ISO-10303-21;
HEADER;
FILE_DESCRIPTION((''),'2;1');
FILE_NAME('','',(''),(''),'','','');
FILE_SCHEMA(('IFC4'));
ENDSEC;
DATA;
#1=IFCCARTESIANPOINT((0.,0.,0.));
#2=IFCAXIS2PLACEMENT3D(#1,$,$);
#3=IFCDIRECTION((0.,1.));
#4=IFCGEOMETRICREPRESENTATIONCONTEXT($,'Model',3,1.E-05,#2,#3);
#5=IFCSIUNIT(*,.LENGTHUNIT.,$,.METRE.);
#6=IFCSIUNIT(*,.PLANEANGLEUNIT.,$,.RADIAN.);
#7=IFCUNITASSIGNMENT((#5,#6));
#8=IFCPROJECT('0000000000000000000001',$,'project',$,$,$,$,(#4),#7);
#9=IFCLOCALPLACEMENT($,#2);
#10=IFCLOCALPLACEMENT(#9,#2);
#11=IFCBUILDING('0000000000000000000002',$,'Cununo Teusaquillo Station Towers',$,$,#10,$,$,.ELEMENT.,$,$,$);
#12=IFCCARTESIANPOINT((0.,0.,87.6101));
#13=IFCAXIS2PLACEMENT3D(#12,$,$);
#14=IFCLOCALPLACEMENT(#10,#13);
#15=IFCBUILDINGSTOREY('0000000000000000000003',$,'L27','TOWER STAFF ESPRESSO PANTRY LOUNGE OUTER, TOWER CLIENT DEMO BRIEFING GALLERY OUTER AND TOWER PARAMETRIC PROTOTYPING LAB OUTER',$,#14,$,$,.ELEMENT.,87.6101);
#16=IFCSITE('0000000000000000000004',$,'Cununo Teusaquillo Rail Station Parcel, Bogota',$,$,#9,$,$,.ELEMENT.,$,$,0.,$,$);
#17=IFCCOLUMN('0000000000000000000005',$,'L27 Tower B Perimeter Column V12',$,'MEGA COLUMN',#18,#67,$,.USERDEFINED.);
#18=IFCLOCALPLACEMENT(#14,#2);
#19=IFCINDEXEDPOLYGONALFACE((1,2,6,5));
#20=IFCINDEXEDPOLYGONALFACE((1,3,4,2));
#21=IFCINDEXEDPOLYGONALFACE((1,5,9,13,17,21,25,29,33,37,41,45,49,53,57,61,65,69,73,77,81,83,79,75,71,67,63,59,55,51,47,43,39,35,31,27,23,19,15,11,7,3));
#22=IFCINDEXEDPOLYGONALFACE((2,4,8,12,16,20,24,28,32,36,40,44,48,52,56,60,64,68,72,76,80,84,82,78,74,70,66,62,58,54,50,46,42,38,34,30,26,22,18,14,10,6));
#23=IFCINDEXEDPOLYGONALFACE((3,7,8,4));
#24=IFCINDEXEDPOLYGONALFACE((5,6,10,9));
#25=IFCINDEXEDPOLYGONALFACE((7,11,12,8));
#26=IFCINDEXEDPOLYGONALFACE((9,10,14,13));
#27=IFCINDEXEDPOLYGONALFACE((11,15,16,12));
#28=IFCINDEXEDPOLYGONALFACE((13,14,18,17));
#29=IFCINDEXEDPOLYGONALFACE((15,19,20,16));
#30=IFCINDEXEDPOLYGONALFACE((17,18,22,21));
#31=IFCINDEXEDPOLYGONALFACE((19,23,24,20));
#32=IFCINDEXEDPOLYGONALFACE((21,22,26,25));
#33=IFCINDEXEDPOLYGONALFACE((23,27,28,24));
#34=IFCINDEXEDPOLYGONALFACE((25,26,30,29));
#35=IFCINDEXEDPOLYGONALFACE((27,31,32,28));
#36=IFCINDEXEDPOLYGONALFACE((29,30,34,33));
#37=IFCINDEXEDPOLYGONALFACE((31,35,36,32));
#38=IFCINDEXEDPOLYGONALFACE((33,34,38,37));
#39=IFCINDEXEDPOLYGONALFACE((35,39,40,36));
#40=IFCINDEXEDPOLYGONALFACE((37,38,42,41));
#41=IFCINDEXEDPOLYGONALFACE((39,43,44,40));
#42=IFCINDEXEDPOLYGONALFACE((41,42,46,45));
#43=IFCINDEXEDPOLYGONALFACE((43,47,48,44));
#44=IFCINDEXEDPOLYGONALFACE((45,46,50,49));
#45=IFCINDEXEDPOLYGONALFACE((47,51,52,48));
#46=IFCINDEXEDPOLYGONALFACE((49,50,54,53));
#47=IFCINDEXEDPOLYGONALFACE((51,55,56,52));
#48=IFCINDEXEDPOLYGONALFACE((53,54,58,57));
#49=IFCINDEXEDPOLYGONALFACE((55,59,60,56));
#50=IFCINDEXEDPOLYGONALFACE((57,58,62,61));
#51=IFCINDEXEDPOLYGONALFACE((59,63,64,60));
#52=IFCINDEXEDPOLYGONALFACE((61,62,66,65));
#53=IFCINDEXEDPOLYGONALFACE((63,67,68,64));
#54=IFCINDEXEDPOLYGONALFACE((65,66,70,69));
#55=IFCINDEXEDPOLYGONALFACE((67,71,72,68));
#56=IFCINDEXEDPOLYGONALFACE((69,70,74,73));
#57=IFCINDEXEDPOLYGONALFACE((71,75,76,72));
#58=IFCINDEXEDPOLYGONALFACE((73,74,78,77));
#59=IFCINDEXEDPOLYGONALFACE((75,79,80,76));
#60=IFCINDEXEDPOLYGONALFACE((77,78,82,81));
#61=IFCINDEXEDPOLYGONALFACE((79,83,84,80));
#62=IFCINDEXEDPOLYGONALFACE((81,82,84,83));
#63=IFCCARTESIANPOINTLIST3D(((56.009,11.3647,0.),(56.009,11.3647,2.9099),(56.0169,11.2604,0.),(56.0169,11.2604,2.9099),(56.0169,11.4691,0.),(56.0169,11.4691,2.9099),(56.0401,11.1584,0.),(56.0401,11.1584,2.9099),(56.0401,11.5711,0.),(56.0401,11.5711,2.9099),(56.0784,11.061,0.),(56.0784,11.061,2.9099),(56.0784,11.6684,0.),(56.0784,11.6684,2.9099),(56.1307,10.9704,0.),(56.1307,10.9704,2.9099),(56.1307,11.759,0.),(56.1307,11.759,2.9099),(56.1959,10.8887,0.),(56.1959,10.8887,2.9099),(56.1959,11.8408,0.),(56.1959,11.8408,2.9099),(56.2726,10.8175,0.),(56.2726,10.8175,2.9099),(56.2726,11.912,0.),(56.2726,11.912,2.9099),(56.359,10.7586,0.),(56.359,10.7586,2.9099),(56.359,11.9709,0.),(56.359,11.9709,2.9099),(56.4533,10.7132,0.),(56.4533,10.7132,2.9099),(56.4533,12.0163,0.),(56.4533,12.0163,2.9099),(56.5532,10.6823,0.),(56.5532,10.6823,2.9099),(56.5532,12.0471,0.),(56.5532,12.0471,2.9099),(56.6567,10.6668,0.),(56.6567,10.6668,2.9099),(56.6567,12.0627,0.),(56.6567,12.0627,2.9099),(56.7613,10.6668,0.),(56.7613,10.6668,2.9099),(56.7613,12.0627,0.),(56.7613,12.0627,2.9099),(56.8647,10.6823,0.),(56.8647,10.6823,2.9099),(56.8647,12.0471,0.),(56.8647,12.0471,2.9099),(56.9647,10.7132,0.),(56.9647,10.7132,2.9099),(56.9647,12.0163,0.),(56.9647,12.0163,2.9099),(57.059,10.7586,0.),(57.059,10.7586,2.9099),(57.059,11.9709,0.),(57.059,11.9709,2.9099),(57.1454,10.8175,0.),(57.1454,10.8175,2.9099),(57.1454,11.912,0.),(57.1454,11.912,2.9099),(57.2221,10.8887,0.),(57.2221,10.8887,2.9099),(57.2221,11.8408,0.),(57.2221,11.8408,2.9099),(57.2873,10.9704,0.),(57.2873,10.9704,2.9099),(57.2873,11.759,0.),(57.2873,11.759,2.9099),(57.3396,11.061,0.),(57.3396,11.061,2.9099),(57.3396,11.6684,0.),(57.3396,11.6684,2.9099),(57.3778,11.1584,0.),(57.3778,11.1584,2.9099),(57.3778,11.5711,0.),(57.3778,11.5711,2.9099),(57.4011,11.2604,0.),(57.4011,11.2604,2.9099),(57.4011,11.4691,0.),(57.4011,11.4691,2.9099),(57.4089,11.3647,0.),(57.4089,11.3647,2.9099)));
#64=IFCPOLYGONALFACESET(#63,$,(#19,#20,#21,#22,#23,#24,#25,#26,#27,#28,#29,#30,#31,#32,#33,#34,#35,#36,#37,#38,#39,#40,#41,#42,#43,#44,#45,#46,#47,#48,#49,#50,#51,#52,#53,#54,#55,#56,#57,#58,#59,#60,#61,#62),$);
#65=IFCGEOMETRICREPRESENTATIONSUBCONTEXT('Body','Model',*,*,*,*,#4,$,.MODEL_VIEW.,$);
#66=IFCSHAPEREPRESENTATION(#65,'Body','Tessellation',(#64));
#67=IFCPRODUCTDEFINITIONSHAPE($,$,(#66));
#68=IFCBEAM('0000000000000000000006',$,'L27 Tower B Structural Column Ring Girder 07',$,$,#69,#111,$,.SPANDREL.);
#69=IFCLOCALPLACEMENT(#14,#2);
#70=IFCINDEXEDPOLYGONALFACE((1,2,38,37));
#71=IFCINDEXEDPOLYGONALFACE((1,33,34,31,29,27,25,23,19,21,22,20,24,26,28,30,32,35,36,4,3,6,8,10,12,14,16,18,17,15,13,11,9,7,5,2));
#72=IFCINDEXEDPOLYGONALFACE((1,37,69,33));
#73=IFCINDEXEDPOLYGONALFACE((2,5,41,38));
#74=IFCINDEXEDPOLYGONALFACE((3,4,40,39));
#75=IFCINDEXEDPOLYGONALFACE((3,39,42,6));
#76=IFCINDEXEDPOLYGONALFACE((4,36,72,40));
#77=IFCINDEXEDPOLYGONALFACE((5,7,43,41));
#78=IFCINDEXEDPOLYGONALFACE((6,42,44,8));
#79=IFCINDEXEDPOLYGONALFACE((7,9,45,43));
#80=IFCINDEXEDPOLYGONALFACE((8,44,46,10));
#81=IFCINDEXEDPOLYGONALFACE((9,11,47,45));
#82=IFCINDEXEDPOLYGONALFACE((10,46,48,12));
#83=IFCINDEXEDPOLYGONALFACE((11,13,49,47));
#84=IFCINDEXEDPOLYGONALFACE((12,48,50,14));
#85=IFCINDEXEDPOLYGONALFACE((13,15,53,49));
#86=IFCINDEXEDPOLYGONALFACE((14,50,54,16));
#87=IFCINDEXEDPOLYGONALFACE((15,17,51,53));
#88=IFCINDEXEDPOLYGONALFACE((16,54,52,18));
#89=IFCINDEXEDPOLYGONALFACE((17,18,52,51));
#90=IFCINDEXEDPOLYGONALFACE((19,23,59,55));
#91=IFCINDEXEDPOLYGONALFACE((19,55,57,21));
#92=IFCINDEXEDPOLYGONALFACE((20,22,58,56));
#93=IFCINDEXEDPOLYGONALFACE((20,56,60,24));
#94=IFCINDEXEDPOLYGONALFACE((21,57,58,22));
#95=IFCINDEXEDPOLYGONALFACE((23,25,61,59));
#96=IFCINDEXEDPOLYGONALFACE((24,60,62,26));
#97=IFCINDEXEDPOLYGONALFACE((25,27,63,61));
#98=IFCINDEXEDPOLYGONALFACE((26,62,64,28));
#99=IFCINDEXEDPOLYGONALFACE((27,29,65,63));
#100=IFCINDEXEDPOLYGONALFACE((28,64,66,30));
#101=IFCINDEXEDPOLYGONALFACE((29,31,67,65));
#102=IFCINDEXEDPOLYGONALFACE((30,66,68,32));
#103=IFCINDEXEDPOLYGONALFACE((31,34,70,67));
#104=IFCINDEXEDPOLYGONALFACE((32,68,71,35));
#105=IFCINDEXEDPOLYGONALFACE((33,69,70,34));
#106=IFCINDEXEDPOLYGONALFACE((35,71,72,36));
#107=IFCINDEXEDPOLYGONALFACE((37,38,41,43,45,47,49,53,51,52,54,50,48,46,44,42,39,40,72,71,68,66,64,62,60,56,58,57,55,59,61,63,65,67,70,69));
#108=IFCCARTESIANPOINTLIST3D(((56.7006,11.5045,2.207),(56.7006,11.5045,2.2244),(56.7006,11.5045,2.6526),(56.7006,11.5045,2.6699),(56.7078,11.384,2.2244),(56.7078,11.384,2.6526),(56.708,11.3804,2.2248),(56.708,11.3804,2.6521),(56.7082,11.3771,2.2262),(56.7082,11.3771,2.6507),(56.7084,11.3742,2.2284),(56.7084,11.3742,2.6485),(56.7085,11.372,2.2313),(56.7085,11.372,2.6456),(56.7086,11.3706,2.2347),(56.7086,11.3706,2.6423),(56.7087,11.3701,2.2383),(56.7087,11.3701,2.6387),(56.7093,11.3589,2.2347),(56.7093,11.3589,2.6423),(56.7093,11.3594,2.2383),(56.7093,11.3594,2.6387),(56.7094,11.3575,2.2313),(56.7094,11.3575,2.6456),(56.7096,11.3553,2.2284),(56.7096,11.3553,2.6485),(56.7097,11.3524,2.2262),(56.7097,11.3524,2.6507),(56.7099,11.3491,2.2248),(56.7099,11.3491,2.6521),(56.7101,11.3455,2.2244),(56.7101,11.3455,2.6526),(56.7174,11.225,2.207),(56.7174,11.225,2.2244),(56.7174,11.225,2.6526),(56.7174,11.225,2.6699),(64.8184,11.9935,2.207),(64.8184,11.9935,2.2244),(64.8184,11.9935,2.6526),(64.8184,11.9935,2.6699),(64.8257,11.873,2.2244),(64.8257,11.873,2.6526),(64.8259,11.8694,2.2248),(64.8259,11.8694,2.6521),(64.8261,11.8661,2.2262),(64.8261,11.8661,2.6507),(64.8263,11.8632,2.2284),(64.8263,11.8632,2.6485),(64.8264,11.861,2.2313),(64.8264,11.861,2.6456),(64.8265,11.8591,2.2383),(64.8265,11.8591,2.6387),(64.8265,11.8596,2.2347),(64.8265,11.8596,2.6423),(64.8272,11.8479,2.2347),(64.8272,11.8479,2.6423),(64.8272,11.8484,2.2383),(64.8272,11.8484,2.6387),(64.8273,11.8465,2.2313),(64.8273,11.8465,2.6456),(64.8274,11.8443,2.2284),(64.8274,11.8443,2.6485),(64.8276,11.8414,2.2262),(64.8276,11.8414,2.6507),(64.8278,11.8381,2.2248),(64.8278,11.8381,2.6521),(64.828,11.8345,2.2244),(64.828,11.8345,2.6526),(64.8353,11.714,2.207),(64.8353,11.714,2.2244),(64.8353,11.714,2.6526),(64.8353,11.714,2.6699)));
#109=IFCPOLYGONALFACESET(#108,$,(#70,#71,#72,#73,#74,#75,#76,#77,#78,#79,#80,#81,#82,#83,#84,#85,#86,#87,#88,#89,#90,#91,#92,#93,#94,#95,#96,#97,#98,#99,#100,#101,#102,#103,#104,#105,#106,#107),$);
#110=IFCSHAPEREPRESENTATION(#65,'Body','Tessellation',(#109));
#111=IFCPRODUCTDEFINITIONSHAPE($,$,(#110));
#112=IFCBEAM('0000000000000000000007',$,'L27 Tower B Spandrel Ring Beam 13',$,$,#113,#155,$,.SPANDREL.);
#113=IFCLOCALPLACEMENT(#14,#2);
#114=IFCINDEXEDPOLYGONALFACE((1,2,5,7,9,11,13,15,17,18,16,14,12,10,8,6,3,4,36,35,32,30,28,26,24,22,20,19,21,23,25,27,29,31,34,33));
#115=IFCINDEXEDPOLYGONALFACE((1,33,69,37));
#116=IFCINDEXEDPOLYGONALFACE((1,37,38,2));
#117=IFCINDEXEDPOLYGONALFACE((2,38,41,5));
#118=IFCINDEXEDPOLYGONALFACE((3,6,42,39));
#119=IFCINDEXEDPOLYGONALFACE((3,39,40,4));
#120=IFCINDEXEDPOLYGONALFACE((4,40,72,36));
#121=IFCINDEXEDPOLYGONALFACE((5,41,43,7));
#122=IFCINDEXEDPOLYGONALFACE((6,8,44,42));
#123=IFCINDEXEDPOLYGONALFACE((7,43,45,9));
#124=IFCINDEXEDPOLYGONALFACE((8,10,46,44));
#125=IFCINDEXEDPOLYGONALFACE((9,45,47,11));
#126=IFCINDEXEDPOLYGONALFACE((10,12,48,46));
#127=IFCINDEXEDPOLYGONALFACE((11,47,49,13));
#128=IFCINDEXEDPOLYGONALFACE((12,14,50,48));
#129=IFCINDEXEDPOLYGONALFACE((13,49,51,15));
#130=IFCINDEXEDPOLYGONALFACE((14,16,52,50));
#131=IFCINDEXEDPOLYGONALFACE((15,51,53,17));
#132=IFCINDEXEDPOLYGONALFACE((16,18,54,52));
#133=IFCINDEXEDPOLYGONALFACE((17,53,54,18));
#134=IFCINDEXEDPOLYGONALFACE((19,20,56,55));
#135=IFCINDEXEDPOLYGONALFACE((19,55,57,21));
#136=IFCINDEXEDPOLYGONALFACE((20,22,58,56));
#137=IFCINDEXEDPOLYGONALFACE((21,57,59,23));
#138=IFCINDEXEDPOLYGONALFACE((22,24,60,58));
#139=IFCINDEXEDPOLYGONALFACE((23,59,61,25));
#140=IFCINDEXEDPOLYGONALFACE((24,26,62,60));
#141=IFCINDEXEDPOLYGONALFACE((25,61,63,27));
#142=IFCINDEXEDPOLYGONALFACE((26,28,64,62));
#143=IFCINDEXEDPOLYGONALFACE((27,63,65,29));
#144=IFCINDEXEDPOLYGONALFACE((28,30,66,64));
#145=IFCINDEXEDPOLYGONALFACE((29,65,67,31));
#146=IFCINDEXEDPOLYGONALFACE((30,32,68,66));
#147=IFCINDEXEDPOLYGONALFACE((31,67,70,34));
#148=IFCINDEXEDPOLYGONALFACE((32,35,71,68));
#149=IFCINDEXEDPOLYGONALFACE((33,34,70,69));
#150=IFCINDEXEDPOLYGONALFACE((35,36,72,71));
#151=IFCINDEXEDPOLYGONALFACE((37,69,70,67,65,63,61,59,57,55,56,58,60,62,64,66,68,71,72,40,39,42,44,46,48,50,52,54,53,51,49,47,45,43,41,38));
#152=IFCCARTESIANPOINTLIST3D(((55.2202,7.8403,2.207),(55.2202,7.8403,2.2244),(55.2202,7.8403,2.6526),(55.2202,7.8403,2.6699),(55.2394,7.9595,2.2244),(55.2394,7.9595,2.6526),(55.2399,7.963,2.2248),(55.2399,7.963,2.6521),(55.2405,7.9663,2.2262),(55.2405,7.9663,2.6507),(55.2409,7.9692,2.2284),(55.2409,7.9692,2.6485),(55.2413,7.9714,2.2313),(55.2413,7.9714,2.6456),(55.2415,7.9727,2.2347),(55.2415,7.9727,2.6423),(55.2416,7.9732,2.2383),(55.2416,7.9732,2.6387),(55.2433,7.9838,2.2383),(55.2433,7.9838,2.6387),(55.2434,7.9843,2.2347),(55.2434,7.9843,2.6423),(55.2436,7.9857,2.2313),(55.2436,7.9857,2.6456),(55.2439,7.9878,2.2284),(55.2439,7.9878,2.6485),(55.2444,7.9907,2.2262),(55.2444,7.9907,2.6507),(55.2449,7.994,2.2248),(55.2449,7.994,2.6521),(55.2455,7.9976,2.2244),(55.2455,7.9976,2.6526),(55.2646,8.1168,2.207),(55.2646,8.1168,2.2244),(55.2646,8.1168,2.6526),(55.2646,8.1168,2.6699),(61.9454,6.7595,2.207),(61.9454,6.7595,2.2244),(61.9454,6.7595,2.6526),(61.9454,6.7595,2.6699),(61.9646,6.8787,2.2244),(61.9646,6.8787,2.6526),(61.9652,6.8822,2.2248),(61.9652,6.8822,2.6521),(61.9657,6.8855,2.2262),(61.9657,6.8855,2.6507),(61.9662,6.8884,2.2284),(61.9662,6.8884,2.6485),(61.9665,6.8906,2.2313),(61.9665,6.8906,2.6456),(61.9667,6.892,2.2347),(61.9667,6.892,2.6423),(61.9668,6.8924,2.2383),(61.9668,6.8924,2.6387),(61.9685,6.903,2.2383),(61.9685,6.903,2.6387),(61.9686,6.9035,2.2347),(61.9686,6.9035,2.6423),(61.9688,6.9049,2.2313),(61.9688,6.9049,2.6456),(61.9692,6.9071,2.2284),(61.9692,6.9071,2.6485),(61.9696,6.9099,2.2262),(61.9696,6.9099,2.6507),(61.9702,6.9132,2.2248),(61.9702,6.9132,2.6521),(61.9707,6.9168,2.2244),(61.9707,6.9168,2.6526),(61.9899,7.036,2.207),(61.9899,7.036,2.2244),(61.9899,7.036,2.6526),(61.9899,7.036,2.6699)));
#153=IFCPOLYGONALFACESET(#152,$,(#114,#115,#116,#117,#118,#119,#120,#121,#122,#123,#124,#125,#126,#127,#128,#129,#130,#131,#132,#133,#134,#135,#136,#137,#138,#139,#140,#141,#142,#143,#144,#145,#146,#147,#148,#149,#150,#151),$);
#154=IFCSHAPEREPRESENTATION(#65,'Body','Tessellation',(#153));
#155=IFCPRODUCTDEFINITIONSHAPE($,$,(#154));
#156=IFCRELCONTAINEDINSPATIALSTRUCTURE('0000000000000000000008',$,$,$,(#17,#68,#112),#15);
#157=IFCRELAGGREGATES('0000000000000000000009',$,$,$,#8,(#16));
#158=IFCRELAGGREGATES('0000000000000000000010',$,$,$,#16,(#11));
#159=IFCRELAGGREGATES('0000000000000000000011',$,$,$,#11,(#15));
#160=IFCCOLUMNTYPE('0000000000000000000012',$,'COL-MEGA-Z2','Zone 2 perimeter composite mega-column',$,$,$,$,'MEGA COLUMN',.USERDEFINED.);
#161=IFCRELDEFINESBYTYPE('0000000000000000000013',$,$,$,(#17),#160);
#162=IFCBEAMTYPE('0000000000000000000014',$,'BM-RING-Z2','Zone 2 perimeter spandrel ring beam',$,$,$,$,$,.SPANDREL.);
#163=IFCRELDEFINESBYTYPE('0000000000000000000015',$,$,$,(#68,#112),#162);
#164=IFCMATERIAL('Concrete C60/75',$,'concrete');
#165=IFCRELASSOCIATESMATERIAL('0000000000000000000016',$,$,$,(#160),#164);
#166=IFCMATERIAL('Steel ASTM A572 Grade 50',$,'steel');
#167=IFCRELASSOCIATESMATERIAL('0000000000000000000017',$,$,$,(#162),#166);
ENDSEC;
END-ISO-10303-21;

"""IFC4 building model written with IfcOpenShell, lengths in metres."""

from ifc_helpers import new_model, si_unit, direction, frame, origin, origin_2d, place, context, subcontext, project, spatial, circle, i_section, extrude, material, material_profile, profile_set, type_object, element, save


model = new_model("IFC4")

# Units and contexts
model_context = context("Model", 3, precision=1e-05, world=origin(), true_north=direction((0.0, 1.0)))
body_context = subcontext(model_context, "Body", "Model", "MODEL_VIEW")
ifc_project = project(units=[si_unit("LENGTHUNIT", "METRE"), si_unit("PLANEANGLEUNIT", "RADIAN")], contexts=[model_context])

# Site, building, storey
site_placement = place(None, origin())
site = spatial("IfcSite", under=ifc_project, at=site_placement, Name="Cununo Teusaquillo Rail Station Parcel, Bogota", CompositionType="ELEMENT", RefElevation=0.0)
building_placement = place(site_placement, origin())
building = spatial("IfcBuilding", under=site, at=building_placement, Name="Cununo Teusaquillo Station Towers", CompositionType="ELEMENT")
storey_placement = place(building_placement, frame((0.0, 0.0, 87.6101)))
storey = spatial("IfcBuildingStorey", under=building, at=storey_placement, Name="L27", Description="TOWER STAFF ESPRESSO PANTRY LOUNGE OUTER, TOWER CLIENT DEMO BRIEFING GALLERY OUTER AND TOWER PARAMETRIC PROTOTYPING LAB OUTER", CompositionType="ELEMENT", Elevation=87.6101)

# Column
ifc_material_1 = material(Name="Concrete C60/75", Category="concrete")
ifc_material_profile_1 = material_profile(ifc_material_1, circle(Radius=0.7, at=origin_2d()), Name="RC-CIRC-1400")
ifc_profile_set_1 = profile_set([ifc_material_profile_1], Name="Concrete C60/75")
column_type = type_object("IfcColumnType", Name="COL-MEGA-Z2", Description="Zone 2 perimeter composite mega-column", ElementType="MEGA COLUMN", PredefinedType="USERDEFINED", material=ifc_profile_set_1)
column_placement = place(storey_placement, frame((56.709, 11.3647, 0.0), z_axis=(0.0, 0.0, 1.0), x_axis=(1.0, 0.0, 0.0)))
element("IfcColumn", 1, at=column_placement, inside=storey, type_object=column_type, Name="L27 Tower B Perimeter Column V12", ObjectType="MEGA COLUMN", PredefinedType="USERDEFINED", context=body_context, shape_type="SweptSolid", body=[
    extrude(circle(Radius=0.7, at=origin_2d()), origin(), (0.0, 0.0, 1.0), 2.9099),
])

# Beams
ifc_material_2 = material(Name="Steel ASTM A572 Grade 50", Category="steel")
ifc_material_profile_2 = material_profile(ifc_material_2, i_section(OverallWidth=0.28, OverallDepth=0.4629, WebThickness=0.0107, FlangeThickness=0.0173, FilletRadius=0.0139, at=origin_2d()), Name="W18X76")
ifc_profile_set_2 = profile_set([ifc_material_profile_2], Name="Steel ASTM A572 Grade 50")
beam_type = type_object("IfcBeamType", Name="BM-RING-Z2", Description="Zone 2 perimeter spandrel ring beam", PredefinedType="SPANDREL", material=ifc_profile_set_2)
beam_1_placement = place(storey_placement, frame((56.709, 11.3647, 2.4385), z_axis=(0.998191, 0.06013, 0.0), x_axis=(-0.06013, 0.998191, 0.0)))
element("IfcBeam", 2, at=beam_1_placement, inside=storey, type_object=beam_type, Name="L27 Tower B Structural Column Ring Girder 07", PredefinedType="SPANDREL", context=body_context, shape_type="SweptSolid", body=[
    extrude(i_section(OverallWidth=0.28, OverallDepth=0.4629, WebThickness=0.0107, FlangeThickness=0.0173, FilletRadius=0.0139, at=origin_2d()), origin(), (0.0, 0.0, 1.0), 8.1326),
])
beam_2_placement = place(storey_placement, frame((55.2424, 7.9785, 2.4385), z_axis=(0.987331, -0.158671, 0.0), x_axis=(0.158671, 0.987331, 0.0)))
element("IfcBeam", 3, at=beam_2_placement, inside=storey, type_object=beam_type, Name="L27 Tower B Spandrel Ring Beam 13", PredefinedType="SPANDREL", context=body_context, shape_type="SweptSolid", body=[
    extrude(i_section(OverallWidth=0.28, OverallDepth=0.4629, WebThickness=0.0107, FlangeThickness=0.0173, FilletRadius=0.0139, at=origin_2d()), origin(), (0.0, 0.0, 1.0), 6.8115),
])

save(model, "model.ifc")
